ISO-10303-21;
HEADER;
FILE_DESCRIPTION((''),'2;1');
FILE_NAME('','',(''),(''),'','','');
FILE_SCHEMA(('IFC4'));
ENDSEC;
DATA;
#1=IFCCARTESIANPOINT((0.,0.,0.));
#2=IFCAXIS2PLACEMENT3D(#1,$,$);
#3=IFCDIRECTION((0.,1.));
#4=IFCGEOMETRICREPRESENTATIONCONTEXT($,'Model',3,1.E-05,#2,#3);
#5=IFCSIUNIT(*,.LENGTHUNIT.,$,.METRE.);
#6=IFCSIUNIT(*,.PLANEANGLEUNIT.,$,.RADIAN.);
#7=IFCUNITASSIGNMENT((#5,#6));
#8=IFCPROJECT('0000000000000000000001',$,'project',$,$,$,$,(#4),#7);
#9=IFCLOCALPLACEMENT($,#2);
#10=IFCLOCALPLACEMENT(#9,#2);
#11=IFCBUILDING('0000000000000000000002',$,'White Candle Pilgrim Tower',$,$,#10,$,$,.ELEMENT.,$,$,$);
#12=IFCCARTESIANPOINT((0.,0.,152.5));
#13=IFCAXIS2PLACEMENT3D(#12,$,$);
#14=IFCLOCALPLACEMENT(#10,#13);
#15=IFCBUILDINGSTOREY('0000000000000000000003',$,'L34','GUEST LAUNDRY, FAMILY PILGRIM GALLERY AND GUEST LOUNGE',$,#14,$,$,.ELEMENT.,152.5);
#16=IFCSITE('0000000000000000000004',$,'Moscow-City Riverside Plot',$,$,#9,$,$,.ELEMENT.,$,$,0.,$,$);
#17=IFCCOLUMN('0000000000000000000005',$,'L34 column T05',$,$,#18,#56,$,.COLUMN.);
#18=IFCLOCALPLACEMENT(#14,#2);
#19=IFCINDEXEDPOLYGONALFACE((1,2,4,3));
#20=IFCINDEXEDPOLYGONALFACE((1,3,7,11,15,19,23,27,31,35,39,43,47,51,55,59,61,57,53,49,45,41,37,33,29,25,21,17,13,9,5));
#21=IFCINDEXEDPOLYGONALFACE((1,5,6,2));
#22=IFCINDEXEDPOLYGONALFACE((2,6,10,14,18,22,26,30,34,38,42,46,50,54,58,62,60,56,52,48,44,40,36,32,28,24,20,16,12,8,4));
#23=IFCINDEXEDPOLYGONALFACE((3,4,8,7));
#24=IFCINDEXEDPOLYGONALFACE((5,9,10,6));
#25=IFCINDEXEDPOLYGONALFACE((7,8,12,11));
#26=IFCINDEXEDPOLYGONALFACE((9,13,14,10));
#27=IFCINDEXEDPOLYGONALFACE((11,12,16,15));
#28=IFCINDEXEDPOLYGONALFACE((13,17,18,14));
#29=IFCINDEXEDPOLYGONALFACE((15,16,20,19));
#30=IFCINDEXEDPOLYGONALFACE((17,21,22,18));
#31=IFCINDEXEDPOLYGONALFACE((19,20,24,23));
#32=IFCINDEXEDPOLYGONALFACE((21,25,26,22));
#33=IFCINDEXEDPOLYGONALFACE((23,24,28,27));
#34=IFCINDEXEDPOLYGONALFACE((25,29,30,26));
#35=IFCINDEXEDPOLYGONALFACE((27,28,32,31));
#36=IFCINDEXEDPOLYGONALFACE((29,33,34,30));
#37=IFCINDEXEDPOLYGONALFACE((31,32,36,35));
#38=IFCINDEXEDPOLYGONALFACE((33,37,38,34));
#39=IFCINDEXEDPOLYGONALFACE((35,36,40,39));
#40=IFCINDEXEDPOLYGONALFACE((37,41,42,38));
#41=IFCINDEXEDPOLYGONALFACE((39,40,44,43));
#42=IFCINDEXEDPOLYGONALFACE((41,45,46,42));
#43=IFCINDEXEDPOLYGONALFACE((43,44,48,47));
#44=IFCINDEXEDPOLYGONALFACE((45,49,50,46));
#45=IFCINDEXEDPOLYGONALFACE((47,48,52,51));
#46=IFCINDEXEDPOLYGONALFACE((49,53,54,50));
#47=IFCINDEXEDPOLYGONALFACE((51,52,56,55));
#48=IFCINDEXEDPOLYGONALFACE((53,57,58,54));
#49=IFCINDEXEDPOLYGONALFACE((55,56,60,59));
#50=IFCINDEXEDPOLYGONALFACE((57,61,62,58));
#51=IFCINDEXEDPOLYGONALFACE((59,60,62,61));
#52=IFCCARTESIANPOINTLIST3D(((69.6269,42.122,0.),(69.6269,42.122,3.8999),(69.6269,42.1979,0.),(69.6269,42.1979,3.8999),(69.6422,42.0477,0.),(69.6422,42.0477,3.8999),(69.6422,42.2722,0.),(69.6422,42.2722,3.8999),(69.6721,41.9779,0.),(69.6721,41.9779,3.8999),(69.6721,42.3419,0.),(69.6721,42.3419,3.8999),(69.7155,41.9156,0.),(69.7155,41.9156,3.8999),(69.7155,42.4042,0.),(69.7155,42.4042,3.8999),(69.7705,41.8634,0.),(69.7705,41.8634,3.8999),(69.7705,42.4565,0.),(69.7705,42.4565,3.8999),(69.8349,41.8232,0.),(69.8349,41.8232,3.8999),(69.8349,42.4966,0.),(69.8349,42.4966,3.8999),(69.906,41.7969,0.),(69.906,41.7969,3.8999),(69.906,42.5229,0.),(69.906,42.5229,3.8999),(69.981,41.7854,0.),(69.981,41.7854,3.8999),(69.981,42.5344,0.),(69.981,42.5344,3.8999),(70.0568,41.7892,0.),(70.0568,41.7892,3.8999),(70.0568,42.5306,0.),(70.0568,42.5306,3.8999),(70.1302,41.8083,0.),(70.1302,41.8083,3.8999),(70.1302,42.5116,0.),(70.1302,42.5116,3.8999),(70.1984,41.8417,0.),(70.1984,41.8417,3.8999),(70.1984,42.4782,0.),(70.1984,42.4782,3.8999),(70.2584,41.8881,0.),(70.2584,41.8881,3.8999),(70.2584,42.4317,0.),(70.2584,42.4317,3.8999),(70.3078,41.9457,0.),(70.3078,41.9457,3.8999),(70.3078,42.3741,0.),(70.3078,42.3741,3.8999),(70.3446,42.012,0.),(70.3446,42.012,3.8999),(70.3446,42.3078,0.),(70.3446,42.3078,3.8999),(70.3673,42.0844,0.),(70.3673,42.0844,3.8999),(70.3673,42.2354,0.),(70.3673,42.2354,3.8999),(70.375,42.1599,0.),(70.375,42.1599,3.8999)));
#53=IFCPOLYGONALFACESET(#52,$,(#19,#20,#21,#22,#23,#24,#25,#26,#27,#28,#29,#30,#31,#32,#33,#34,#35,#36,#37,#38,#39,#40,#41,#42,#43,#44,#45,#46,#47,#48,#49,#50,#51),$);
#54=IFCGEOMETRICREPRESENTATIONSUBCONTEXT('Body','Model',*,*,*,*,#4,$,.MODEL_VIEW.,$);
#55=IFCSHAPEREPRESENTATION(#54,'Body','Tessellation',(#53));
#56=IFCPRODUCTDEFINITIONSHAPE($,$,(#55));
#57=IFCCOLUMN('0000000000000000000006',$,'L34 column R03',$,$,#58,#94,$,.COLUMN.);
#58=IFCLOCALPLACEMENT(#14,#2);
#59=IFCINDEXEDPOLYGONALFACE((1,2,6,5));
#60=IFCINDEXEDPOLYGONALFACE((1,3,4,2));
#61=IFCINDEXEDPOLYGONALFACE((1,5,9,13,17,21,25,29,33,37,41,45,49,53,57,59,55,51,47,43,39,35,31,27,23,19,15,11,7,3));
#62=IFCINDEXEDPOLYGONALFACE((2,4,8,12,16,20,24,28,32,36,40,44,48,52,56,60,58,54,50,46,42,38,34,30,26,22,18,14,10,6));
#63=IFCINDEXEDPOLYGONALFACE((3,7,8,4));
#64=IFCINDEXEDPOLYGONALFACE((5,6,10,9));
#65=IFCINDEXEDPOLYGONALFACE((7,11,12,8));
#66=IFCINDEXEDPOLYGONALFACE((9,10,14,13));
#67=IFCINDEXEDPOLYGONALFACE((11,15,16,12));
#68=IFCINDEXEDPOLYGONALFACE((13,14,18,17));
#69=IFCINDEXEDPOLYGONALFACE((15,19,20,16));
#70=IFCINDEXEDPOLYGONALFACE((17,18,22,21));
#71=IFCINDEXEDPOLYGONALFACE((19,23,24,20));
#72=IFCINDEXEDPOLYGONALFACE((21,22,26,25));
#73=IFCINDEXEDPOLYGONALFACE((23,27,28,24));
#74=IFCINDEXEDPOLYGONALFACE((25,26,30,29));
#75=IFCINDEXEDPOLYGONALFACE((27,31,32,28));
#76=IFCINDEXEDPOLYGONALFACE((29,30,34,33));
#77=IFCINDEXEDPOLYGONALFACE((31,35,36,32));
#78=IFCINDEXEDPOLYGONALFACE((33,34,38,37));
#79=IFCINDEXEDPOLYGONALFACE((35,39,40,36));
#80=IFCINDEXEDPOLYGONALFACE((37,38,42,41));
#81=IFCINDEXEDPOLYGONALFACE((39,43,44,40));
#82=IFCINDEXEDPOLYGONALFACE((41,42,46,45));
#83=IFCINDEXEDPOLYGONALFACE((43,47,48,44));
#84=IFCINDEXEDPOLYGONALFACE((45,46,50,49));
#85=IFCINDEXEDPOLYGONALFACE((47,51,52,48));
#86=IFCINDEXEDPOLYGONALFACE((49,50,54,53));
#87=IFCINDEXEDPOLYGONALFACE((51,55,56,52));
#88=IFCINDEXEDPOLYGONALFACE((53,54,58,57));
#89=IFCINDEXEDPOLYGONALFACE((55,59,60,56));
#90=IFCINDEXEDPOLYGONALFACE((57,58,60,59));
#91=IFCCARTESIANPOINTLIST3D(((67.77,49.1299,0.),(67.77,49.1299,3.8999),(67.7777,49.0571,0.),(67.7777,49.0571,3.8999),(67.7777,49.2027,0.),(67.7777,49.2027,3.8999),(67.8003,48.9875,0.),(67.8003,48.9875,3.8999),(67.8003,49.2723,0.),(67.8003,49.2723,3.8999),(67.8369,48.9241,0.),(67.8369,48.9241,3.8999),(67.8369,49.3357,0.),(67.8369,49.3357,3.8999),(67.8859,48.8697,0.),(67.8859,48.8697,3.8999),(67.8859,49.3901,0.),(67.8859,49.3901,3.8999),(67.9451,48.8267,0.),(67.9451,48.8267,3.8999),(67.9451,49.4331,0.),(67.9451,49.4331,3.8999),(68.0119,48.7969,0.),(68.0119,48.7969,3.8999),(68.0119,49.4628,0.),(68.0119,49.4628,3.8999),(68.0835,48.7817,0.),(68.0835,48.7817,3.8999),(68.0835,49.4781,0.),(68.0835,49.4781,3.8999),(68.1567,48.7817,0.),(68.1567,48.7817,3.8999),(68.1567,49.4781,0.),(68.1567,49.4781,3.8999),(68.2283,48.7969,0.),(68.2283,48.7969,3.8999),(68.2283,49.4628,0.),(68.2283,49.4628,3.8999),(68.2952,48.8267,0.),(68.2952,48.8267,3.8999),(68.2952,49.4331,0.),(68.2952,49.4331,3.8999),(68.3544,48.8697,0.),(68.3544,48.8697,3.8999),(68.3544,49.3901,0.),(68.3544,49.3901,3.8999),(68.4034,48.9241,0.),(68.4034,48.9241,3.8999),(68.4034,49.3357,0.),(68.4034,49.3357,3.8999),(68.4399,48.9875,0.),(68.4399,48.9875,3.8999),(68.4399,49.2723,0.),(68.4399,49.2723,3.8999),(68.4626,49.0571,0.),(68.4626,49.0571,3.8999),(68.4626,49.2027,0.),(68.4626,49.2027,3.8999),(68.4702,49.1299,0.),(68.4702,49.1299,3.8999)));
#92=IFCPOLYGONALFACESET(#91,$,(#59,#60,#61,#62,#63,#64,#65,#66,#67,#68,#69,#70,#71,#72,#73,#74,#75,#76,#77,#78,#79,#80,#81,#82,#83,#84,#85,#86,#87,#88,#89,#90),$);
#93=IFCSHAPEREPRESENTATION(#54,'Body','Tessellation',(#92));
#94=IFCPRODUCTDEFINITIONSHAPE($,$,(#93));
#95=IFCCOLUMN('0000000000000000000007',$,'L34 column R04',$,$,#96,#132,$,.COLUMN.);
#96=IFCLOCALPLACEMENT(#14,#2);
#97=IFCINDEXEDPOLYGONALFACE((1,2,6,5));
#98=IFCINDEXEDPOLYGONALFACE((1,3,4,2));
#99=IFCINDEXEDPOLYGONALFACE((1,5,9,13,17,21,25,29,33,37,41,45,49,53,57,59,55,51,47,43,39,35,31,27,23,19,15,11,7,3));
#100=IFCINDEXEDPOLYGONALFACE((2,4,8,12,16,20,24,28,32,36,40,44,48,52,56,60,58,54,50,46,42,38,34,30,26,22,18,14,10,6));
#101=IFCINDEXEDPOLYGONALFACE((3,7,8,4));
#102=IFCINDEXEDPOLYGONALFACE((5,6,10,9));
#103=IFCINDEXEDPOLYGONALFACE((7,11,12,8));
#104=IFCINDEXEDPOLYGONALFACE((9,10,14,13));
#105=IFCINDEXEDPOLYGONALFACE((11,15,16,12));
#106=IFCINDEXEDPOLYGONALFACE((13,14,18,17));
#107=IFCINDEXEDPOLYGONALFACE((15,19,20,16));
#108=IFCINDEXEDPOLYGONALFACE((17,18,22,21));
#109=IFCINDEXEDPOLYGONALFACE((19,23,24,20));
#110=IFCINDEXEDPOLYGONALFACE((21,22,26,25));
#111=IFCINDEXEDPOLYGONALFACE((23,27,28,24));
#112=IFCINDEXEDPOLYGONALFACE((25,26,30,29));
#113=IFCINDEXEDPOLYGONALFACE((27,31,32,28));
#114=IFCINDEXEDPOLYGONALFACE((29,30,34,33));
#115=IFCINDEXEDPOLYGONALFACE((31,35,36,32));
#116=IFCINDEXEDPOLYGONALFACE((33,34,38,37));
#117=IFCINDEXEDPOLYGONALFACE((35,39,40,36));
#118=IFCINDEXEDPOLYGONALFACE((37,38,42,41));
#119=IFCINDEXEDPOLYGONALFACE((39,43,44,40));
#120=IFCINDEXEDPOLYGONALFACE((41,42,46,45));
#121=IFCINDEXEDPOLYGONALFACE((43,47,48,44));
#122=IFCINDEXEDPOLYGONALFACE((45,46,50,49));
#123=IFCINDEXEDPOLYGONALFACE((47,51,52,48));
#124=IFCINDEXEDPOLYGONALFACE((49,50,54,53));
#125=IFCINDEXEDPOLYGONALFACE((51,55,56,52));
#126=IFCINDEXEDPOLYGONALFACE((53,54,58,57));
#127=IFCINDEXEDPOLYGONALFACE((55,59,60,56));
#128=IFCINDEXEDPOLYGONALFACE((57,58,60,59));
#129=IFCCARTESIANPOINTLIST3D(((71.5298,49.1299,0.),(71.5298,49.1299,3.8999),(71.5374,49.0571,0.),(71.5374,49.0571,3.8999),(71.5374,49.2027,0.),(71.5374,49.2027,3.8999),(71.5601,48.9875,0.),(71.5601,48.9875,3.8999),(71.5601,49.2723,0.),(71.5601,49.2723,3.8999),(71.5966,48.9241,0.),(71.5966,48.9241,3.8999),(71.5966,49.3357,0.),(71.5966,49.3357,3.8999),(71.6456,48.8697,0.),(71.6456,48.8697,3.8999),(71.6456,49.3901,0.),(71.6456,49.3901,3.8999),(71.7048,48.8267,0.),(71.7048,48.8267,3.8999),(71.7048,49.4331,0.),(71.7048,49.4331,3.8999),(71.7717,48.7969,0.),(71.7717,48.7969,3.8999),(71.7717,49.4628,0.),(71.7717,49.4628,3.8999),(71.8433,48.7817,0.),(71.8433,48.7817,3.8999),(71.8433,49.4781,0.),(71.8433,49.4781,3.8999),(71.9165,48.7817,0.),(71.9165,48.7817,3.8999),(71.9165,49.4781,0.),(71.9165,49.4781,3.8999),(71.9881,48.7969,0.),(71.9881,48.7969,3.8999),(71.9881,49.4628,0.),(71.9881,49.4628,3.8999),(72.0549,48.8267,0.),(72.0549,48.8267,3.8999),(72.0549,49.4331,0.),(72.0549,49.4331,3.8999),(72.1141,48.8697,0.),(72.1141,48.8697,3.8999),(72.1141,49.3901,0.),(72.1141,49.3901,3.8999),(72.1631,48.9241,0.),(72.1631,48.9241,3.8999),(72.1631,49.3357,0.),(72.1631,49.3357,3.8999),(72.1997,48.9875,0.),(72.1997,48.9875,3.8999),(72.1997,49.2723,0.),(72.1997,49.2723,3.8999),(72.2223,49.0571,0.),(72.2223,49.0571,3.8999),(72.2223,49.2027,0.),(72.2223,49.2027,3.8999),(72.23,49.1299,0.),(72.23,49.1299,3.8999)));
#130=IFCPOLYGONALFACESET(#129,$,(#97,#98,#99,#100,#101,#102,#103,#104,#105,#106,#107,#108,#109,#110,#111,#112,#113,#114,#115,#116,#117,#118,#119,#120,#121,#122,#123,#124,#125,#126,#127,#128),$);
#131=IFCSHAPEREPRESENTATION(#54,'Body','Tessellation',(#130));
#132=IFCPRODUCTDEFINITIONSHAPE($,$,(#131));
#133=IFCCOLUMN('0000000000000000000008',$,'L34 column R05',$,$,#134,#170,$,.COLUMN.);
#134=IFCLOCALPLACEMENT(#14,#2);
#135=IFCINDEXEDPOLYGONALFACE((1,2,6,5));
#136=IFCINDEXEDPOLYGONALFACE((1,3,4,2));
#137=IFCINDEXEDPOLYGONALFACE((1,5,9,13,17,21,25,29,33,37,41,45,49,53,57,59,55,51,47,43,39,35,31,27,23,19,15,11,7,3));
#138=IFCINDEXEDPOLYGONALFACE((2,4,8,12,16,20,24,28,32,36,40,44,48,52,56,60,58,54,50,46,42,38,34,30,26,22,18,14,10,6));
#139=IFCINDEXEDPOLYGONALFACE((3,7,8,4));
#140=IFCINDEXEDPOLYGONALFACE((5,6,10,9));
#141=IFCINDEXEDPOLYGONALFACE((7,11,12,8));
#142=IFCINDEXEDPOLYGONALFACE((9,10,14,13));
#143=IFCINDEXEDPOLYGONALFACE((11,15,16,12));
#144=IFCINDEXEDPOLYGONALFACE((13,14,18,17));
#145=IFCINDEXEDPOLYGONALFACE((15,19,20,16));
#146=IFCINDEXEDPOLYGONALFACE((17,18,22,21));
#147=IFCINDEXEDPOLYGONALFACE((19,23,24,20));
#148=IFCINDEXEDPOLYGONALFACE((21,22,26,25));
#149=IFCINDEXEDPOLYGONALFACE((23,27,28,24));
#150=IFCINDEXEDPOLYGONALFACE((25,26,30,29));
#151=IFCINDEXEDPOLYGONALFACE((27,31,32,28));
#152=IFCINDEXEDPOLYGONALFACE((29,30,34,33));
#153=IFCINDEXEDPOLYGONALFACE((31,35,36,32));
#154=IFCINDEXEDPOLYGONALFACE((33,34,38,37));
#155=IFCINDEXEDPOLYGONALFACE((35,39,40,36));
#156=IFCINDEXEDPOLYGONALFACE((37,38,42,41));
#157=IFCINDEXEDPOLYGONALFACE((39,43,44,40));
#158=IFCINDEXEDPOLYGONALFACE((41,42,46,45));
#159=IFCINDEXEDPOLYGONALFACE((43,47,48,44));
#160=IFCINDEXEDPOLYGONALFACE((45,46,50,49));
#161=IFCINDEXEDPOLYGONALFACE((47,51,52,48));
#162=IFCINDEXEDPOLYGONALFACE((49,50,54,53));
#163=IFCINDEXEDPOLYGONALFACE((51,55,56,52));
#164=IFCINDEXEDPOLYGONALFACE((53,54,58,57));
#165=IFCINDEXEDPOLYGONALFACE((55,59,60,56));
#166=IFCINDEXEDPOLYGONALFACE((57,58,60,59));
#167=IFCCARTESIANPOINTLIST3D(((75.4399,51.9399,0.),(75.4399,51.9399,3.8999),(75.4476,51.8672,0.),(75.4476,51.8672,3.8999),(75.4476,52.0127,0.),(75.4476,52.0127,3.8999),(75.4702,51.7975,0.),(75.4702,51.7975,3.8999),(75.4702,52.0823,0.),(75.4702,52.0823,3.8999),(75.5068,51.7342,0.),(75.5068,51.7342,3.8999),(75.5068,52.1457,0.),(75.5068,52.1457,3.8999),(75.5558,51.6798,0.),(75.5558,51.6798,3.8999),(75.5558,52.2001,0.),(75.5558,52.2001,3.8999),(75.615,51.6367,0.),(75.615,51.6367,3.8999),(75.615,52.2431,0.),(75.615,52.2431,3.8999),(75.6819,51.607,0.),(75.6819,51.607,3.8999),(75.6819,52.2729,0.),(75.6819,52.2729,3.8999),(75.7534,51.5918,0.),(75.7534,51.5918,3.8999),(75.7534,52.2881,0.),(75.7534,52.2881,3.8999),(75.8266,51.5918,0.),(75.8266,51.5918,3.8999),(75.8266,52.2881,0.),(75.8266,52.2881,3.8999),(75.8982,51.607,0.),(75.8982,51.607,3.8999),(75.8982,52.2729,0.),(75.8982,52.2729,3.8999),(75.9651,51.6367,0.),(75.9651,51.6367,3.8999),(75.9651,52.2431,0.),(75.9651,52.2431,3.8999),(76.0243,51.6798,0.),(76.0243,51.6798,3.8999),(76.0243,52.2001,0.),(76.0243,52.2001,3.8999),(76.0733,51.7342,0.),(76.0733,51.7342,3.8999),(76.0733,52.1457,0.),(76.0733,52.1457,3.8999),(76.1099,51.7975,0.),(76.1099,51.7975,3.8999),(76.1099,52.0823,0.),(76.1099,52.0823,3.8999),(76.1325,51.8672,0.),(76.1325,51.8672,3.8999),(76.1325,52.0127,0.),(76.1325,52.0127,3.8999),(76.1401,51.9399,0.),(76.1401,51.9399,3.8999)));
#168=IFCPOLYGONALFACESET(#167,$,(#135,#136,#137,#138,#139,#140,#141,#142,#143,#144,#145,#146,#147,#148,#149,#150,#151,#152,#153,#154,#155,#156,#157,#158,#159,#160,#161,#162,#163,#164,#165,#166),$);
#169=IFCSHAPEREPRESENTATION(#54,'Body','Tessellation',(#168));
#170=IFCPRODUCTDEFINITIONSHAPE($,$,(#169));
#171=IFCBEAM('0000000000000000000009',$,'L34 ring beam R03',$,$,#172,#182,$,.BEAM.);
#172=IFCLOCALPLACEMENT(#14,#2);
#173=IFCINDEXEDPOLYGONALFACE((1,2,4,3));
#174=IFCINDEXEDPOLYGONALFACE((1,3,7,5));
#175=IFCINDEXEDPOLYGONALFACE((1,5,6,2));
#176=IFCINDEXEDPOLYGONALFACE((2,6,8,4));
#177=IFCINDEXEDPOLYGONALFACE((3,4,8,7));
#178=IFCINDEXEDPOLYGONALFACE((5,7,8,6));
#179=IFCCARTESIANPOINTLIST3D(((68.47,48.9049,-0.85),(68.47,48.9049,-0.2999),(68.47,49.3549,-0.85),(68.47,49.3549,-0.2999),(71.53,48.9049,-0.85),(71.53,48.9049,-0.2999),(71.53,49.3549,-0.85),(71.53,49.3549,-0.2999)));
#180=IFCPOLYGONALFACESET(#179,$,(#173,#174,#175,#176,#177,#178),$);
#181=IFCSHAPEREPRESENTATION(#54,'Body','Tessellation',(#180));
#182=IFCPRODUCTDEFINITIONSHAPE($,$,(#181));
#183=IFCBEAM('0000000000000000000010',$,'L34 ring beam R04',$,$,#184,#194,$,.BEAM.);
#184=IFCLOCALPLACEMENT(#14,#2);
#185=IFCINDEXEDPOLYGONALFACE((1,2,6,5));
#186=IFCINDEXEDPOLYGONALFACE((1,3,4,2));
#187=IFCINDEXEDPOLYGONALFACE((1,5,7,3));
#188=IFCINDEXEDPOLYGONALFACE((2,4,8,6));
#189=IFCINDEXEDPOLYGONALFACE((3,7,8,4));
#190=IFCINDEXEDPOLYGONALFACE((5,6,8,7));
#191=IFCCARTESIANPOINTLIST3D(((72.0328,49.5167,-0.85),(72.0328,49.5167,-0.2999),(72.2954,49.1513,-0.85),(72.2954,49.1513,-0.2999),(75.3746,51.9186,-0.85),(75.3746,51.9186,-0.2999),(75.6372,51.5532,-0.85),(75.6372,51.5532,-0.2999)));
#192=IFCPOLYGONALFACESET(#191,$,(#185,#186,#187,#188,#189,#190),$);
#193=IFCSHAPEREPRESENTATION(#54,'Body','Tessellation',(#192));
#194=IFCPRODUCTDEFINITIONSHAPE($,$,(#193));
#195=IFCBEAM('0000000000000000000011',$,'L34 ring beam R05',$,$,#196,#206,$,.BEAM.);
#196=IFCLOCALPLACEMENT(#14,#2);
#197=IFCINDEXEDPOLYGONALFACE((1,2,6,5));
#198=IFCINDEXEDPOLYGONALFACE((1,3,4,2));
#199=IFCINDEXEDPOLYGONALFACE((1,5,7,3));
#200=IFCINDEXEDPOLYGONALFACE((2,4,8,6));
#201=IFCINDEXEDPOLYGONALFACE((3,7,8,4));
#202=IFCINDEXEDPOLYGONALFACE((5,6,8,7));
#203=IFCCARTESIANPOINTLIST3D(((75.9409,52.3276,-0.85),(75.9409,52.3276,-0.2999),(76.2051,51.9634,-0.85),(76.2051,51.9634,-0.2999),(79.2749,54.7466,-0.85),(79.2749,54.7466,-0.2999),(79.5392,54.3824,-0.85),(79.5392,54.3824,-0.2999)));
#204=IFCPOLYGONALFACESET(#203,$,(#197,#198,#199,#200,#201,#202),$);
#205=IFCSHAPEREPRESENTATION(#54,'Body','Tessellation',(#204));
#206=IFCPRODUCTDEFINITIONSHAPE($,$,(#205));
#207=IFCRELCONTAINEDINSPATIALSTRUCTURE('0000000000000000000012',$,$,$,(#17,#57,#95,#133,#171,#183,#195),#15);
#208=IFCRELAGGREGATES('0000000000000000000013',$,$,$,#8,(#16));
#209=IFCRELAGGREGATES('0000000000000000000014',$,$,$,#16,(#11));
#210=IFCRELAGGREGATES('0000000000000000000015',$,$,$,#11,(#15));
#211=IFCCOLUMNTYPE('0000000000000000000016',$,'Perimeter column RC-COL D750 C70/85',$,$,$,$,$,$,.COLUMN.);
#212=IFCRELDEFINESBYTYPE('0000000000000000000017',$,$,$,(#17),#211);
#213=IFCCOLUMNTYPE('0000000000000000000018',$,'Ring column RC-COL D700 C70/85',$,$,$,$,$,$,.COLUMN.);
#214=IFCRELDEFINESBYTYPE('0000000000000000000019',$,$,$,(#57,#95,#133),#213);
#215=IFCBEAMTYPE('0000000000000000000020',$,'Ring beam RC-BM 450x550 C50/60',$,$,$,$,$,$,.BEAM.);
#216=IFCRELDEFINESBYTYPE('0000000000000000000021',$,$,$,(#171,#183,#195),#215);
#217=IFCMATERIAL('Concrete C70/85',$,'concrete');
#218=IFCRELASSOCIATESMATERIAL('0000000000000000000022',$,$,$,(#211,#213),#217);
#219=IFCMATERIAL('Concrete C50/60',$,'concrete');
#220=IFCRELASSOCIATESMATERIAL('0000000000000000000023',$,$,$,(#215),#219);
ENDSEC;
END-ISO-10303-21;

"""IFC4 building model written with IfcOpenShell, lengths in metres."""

from ifc_helpers import new_model, si_unit, direction, frame, origin, origin_2d, place, context, subcontext, project, spatial, rectangle, circle, extrude, material, material_profile, profile_set, type_object, element, save


model = new_model("IFC4")

# Units and contexts
model_context = context("Model", 3, precision=1e-05, world=origin(), true_north=direction((0.0, 1.0)))
body_context = subcontext(model_context, "Body", "Model", "MODEL_VIEW")
ifc_project = project(units=[si_unit("LENGTHUNIT", "METRE"), si_unit("PLANEANGLEUNIT", "RADIAN")], contexts=[model_context])

# Site, building, storey
site_placement = place(None, origin())
site = spatial("IfcSite", under=ifc_project, at=site_placement, Name="Moscow-City Riverside Plot", CompositionType="ELEMENT", RefElevation=0.0)
building_placement = place(site_placement, origin())
building = spatial("IfcBuilding", under=site, at=building_placement, Name="White Candle Pilgrim Tower", CompositionType="ELEMENT")
storey_placement = place(building_placement, frame((0.0, 0.0, 152.5)))
storey = spatial("IfcBuildingStorey", under=building, at=storey_placement, Name="L34", Description="GUEST LAUNDRY, FAMILY PILGRIM GALLERY AND GUEST LOUNGE", CompositionType="ELEMENT", Elevation=152.5)

# Columns
ifc_material_1 = material(Name="Concrete C70/85", Category="concrete")
ifc_material_profile_1 = material_profile(ifc_material_1, circle(Radius=0.375, at=origin_2d()), Name="RC-COL D750")
ifc_profile_set_1 = profile_set([ifc_material_profile_1], Name="Concrete C70/85")
column_type_1 = type_object("IfcColumnType", Name="Perimeter column RC-COL D750 C70/85", PredefinedType="COLUMN", material=ifc_profile_set_1)
column_placement = place(storey_placement, frame((70.0, 42.1599, 0.0), z_axis=(0.0, 0.0, 1.0), x_axis=(1.0, 0.0, 0.0)))
element("IfcColumn", 1, at=column_placement, inside=storey, type_object=column_type_1, Name="L34 column T05", PredefinedType="COLUMN", context=body_context, shape_type="SweptSolid", body=[
    extrude(circle(Radius=0.375, at=origin_2d()), origin(), (0.0, 0.0, 1.0), 3.8999),
])
ifc_material_profile_2 = material_profile(ifc_material_1, circle(Radius=0.3501, at=origin_2d()), Name="RC-COL D700")
ifc_profile_set_2 = profile_set([ifc_material_profile_2], Name="Concrete C70/85")
column_type_2 = type_object("IfcColumnType", Name="Ring column RC-COL D700 C70/85", PredefinedType="COLUMN", material=ifc_profile_set_2)
for number, where, z_axis, x_axis, name in (
    (2, (68.1201, 49.1299, 0.0), (0.0, 0.0, 1.0), (1.0, 0.0, 0.0), "L34 column R03"),
    (3, (71.8799, 49.1299, 0.0), (0.0, 0.0, 1.0), (1.0, 0.0, 0.0), "L34 column R04"),
    (4, (75.79, 51.9399, 0.0), (0.0, 0.0, 1.0), (1.0, 0.0, 0.0), "L34 column R05"),
):
    element("IfcColumn", number, at=place(storey_placement, frame(where, z_axis=z_axis, x_axis=x_axis)), inside=storey, type_object=column_type_2, Name=name, PredefinedType="COLUMN", context=body_context, shape_type="SweptSolid", body=[
        extrude(circle(Radius=0.3501, at=origin_2d()), origin(), (0.0, 0.0, 1.0), 3.8999),
    ])

# Beams
ifc_material_2 = material(Name="Concrete C50/60", Category="concrete")
ifc_material_profile_3 = material_profile(ifc_material_2, rectangle(XDim=0.45, YDim=0.55, at=origin_2d()), Name="RC-BM 450x550")
ifc_profile_set_3 = profile_set([ifc_material_profile_3], Name="Concrete C50/60")
beam_type = type_object("IfcBeamType", Name="Ring beam RC-BM 450x550 C50/60", PredefinedType="BEAM", material=ifc_profile_set_3)
beam_1_placement = place(storey_placement, frame((68.47, 49.1299, -0.575), z_axis=(1.0, 0.0, 0.0), x_axis=(0.0, 1.0, 0.0)))
element("IfcBeam", 5, at=beam_1_placement, inside=storey, type_object=beam_type, Name="L34 ring beam R03", PredefinedType="BEAM", context=body_context, shape_type="SweptSolid", body=[
    extrude(rectangle(XDim=0.45, YDim=0.55, at=origin_2d()), origin(), (0.0, 0.0, 1.0), 3.0601),
])
beam_2_placement = place(storey_placement, frame((72.1641, 49.334, -0.575), z_axis=(0.812022, 0.583626, 0.0), x_axis=(-0.583626, 0.812022, 0.0)))
element("IfcBeam", 6, at=beam_2_placement, inside=storey, type_object=beam_type, Name="L34 ring beam R04", PredefinedType="BEAM", context=body_context, shape_type="SweptSolid", body=[
    extrude(rectangle(XDim=0.45, YDim=0.55, at=origin_2d()), origin(), (0.0, 0.0, 1.0), 4.1155),
])
beam_3_placement = place(storey_placement, frame((76.073, 52.1455, -0.575), z_axis=(0.809402, 0.587255, 0.0), x_axis=(-0.587255, 0.809402, 0.0)))
element("IfcBeam", 7, at=beam_3_placement, inside=storey, type_object=beam_type, Name="L34 ring beam R05", PredefinedType="BEAM", context=body_context, shape_type="SweptSolid", body=[
    extrude(rectangle(XDim=0.45, YDim=0.55, at=origin_2d()), origin(), (0.0, 0.0, 1.0), 4.1191),
])

save(model, "model.ifc")
